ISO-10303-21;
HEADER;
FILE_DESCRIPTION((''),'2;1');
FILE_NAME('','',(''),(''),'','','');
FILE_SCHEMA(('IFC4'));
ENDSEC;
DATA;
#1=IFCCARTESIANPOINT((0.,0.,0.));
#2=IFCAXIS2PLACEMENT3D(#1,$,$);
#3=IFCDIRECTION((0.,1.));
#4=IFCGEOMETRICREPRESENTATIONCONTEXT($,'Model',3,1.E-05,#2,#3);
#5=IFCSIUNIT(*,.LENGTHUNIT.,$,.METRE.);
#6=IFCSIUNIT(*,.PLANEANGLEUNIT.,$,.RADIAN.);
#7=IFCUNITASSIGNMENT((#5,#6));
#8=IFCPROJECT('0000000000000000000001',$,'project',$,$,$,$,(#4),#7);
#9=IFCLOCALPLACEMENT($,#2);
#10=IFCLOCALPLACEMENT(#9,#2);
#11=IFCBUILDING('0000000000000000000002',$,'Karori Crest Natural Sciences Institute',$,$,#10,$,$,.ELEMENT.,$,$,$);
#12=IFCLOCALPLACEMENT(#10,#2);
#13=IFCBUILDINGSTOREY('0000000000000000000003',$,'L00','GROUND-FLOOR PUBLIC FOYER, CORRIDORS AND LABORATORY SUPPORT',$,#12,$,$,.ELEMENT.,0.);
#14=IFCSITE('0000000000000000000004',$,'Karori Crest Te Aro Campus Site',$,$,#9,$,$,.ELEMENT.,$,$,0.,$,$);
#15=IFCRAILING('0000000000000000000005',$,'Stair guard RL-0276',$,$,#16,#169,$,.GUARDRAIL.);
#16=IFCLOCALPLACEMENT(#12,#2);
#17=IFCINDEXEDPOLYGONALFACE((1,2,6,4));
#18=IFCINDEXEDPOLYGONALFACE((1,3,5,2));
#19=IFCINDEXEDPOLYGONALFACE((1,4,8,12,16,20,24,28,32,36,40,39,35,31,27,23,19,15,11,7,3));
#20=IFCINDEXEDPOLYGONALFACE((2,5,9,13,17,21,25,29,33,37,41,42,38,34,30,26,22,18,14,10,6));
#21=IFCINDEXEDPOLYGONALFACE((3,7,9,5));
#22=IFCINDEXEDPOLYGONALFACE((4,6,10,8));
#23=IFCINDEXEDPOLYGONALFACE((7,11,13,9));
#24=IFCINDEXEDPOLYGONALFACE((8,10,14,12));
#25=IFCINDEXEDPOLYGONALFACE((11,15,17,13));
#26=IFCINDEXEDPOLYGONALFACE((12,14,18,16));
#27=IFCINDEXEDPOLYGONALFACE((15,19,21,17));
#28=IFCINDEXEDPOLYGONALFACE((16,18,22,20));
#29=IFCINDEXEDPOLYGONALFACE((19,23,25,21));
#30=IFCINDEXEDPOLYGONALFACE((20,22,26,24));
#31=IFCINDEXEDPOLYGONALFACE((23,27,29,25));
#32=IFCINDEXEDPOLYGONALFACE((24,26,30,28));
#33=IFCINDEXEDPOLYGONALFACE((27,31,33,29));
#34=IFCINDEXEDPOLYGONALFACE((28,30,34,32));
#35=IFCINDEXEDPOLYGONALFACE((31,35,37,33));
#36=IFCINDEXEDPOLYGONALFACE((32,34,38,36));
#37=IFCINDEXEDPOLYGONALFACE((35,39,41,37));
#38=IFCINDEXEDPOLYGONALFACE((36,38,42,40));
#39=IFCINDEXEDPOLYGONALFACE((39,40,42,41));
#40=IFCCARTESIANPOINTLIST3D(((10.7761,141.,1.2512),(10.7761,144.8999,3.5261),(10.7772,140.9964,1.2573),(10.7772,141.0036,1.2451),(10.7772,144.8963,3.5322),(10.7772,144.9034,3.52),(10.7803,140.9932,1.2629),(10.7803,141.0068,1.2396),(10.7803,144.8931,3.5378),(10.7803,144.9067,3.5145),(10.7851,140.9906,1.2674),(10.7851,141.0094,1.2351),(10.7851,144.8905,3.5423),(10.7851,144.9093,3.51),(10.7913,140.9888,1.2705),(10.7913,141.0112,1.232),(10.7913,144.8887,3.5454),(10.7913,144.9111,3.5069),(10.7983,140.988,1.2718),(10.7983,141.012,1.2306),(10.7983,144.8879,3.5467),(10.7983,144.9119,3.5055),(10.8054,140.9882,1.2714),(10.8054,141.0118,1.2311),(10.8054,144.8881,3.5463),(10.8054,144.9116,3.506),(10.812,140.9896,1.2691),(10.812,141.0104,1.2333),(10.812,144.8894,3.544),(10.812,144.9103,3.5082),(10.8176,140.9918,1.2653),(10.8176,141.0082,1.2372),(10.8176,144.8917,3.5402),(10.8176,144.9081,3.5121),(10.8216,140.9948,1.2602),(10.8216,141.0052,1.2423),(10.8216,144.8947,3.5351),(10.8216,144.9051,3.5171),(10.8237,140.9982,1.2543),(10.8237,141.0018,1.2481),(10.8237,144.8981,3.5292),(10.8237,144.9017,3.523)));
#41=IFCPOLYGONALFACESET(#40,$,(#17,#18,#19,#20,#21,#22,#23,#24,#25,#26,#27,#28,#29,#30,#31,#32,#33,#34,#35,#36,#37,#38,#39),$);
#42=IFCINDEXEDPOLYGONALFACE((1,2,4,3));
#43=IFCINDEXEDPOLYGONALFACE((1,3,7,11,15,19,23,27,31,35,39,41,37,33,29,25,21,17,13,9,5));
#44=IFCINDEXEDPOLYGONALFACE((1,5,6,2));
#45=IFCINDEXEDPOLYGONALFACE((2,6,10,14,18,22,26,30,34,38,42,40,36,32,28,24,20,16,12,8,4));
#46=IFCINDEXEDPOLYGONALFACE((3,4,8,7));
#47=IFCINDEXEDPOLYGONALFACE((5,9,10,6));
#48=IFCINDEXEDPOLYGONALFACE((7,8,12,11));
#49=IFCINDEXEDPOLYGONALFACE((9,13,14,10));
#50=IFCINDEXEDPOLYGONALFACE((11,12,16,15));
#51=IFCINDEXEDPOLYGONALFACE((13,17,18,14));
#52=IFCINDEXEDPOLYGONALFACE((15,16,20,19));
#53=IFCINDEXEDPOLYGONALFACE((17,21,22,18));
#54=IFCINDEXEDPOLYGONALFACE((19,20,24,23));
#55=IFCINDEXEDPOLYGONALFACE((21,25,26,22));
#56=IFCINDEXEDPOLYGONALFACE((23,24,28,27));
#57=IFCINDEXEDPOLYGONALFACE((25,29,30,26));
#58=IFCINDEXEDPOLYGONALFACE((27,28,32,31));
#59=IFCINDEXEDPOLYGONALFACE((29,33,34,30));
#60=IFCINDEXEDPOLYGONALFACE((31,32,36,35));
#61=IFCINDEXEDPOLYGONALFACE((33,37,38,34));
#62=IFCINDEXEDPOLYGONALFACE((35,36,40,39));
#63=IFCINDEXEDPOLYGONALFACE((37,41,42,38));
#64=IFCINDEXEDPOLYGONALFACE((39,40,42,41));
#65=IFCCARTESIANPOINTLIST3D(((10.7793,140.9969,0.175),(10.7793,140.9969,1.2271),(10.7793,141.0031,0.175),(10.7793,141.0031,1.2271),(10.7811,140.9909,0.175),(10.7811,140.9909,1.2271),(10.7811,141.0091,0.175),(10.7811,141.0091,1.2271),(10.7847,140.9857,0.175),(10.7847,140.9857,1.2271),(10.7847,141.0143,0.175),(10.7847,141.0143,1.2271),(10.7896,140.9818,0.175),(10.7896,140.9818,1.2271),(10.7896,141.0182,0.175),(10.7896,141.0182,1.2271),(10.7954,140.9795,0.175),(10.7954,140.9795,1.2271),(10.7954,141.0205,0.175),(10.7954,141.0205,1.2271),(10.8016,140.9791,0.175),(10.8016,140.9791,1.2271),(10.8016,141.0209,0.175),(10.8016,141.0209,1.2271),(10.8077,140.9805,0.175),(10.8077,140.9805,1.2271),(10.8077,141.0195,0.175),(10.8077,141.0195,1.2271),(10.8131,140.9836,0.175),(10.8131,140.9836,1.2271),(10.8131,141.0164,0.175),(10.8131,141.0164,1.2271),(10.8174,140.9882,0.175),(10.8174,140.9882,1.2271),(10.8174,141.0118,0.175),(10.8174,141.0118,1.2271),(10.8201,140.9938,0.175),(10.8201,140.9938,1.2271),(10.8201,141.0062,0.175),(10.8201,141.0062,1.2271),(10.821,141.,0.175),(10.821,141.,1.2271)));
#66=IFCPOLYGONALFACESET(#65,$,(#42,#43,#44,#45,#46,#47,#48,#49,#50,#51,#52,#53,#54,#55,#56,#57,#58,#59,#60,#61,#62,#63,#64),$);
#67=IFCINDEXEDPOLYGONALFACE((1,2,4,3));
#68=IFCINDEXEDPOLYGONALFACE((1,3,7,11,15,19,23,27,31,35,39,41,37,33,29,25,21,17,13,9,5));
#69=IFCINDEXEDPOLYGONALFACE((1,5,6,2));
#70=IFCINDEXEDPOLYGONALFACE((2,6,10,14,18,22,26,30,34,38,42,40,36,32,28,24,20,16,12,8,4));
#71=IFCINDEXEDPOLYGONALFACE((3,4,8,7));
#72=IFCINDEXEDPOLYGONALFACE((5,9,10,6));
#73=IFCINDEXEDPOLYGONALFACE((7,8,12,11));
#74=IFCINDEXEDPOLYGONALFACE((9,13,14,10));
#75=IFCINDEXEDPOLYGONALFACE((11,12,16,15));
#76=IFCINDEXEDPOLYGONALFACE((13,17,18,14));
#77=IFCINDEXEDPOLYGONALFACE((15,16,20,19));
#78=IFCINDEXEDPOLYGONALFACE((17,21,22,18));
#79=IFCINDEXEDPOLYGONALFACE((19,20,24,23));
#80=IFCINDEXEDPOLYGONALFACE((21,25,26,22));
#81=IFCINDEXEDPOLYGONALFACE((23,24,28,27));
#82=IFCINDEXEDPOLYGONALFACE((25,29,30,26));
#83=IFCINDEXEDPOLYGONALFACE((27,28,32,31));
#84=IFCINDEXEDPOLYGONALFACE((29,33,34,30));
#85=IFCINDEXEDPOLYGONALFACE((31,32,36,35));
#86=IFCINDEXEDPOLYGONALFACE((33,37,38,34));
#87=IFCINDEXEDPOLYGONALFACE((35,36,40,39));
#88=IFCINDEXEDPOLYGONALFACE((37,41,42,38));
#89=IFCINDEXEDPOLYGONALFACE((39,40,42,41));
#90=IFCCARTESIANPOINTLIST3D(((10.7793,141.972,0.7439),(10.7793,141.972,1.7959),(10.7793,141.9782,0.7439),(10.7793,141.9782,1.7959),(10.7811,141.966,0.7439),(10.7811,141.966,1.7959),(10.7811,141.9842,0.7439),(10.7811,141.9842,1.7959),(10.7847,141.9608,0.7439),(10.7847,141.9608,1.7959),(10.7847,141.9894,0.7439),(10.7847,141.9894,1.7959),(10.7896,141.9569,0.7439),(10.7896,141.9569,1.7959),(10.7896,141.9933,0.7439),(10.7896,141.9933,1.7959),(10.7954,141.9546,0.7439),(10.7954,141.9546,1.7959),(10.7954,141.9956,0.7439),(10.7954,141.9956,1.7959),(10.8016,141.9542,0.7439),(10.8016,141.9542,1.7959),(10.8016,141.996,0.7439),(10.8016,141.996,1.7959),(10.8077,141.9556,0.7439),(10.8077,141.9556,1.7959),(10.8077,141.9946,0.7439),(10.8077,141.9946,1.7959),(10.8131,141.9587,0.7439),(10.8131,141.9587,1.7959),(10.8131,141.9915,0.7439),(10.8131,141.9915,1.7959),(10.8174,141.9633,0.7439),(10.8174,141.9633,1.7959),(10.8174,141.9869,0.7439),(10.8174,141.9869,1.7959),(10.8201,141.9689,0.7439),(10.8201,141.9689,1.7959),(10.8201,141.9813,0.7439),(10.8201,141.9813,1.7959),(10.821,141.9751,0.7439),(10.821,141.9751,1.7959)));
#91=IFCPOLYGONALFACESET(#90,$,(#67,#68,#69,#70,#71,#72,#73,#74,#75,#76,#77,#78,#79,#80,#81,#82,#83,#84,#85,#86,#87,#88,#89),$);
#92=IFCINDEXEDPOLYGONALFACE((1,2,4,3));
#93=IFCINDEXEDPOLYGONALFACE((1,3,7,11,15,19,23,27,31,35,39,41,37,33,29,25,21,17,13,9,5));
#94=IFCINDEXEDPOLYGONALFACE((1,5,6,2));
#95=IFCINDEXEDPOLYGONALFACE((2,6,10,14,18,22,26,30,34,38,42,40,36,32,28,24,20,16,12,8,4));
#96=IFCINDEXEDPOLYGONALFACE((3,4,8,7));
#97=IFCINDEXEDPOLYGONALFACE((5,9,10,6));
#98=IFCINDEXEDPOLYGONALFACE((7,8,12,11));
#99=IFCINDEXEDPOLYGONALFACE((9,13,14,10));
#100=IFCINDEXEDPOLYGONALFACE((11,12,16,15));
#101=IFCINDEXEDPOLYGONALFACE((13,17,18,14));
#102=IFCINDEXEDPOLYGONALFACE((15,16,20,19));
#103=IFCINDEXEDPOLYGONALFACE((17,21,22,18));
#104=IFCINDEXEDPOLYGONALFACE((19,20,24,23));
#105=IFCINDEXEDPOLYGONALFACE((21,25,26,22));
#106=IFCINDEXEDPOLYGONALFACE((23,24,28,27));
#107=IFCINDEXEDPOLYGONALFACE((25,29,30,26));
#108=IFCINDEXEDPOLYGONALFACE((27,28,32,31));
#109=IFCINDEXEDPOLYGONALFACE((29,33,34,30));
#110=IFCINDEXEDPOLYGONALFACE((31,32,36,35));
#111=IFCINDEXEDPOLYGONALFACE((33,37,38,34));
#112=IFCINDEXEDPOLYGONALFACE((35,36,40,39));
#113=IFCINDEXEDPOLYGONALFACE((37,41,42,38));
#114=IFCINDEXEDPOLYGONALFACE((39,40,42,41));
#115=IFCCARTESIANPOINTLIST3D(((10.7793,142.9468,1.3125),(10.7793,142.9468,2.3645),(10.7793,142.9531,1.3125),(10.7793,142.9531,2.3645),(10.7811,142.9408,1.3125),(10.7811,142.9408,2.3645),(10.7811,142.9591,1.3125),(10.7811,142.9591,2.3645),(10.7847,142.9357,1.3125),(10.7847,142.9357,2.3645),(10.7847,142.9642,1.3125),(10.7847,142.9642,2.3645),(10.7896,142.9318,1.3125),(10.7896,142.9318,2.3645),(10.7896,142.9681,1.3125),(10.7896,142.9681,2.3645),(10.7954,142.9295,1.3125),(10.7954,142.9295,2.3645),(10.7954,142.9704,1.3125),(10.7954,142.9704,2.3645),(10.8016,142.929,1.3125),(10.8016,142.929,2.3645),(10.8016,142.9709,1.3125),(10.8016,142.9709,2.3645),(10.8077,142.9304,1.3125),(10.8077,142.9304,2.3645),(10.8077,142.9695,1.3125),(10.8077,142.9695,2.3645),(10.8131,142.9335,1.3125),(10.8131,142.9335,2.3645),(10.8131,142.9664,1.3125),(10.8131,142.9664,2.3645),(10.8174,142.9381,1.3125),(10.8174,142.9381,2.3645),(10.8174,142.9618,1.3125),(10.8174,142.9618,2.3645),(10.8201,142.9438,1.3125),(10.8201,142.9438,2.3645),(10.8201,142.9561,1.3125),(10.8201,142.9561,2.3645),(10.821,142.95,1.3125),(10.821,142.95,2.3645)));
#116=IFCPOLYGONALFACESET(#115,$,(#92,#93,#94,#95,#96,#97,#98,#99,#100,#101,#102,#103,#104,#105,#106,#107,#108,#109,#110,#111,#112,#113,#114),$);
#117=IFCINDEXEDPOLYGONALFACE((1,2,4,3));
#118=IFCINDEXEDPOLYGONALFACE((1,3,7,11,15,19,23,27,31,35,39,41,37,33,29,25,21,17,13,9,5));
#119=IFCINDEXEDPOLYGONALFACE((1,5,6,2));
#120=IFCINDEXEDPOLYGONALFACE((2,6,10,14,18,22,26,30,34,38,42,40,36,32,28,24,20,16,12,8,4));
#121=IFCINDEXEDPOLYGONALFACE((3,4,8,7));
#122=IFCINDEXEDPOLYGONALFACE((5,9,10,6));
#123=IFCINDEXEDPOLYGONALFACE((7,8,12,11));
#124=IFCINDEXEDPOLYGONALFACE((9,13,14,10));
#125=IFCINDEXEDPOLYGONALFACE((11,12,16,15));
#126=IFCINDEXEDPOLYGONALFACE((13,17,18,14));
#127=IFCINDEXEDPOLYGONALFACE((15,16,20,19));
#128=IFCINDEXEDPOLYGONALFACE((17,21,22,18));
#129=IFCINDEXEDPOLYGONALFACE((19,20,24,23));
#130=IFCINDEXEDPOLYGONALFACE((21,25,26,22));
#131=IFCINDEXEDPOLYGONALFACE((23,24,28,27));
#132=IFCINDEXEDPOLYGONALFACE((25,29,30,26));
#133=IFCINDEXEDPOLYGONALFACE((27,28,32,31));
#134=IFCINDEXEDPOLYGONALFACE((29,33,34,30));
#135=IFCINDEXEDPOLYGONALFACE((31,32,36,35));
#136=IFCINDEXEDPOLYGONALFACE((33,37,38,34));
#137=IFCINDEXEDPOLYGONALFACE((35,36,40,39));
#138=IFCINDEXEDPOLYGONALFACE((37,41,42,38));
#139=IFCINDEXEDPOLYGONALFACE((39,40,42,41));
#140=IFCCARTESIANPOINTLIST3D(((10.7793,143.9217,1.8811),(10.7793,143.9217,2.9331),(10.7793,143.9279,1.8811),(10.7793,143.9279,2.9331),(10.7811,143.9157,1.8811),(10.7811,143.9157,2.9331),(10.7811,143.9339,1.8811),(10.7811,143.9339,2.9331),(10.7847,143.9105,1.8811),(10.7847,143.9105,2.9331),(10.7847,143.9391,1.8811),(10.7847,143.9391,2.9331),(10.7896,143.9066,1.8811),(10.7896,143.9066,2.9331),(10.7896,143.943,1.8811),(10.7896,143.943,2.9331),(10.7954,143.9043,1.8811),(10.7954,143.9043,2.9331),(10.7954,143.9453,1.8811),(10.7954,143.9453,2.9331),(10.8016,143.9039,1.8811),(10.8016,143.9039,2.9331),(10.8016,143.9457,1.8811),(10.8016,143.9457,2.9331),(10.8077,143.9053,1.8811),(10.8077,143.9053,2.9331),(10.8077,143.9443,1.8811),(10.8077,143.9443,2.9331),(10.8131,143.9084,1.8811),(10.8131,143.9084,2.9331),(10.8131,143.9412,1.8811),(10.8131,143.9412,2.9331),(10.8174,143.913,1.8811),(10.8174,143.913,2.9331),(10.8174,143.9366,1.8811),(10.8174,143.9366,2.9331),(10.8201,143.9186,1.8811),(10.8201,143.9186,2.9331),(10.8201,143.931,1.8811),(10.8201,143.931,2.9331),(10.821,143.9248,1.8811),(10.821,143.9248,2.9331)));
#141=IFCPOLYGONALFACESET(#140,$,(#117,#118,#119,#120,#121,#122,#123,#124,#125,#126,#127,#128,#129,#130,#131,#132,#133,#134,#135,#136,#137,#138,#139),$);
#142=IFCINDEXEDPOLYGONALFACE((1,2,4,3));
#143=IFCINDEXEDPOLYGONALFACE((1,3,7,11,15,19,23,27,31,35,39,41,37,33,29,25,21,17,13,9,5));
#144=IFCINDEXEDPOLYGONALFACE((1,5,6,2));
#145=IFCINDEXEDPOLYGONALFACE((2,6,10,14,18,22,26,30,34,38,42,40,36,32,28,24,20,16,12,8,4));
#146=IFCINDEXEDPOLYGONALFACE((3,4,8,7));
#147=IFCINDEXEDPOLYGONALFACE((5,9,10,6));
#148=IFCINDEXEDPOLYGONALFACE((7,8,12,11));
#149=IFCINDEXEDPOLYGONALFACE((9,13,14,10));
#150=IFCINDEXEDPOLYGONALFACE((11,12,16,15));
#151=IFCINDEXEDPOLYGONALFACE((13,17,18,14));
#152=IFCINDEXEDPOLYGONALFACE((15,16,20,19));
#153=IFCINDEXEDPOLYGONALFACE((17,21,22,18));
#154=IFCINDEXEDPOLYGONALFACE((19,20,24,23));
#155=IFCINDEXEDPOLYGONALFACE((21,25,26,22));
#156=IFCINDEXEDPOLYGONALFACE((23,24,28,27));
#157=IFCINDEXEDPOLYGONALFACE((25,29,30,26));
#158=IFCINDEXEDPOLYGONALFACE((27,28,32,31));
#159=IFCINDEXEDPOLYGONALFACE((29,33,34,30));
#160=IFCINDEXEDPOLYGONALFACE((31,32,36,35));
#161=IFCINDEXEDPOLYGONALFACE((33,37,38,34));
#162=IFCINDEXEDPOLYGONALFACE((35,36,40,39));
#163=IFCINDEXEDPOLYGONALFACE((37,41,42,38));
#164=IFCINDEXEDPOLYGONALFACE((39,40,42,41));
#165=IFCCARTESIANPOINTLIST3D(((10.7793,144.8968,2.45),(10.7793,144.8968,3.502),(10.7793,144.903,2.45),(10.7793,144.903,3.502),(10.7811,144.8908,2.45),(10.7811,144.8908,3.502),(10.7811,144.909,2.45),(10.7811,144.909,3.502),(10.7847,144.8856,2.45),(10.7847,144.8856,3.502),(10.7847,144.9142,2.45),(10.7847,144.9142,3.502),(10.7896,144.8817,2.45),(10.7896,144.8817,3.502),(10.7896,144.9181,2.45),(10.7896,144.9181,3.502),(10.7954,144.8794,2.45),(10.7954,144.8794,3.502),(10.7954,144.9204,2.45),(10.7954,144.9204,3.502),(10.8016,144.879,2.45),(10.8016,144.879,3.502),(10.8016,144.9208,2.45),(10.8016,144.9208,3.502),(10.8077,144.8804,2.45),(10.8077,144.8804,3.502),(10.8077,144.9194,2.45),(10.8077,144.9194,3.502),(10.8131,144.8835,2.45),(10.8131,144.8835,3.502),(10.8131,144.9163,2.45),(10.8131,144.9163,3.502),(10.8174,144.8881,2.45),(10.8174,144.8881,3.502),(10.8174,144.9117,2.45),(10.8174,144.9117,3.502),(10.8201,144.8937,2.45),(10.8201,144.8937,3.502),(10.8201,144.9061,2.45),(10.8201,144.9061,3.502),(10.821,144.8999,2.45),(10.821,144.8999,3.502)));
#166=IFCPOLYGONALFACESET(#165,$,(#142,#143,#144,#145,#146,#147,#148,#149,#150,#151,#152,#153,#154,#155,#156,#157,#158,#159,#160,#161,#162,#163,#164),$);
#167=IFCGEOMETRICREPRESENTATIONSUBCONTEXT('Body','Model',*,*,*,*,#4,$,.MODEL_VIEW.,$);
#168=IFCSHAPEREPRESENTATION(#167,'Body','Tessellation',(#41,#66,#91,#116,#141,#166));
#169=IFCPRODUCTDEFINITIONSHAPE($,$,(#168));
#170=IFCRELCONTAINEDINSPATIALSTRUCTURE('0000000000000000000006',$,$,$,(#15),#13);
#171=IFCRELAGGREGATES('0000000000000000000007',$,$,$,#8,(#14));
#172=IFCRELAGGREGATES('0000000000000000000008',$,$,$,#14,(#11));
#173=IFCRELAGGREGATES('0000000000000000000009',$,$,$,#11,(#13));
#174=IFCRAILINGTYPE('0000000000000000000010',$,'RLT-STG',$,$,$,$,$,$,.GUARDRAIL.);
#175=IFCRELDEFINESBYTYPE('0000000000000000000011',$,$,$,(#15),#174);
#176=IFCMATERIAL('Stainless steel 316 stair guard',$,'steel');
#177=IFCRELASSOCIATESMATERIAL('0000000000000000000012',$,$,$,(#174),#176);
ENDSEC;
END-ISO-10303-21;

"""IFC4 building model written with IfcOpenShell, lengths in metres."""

from ifc_helpers import new_model, si_unit, direction, frame, origin, origin_2d, place, context, subcontext, project, spatial, circle, extrude, material, type_object, element, save


model = new_model("IFC4")

# Units and contexts
model_context = context("Model", 3, precision=1e-05, world=origin(), true_north=direction((0.0, 1.0)))
body_context = subcontext(model_context, "Body", "Model", "MODEL_VIEW")
ifc_project = project(units=[si_unit("LENGTHUNIT", "METRE"), si_unit("PLANEANGLEUNIT", "RADIAN")], contexts=[model_context])

# Site, building, storey
site_placement = place(None, origin())
site = spatial("IfcSite", under=ifc_project, at=site_placement, Name="Karori Crest Te Aro Campus Site", CompositionType="ELEMENT", RefElevation=0.0)
building_placement = place(site_placement, origin())
building = spatial("IfcBuilding", under=site, at=building_placement, Name="Karori Crest Natural Sciences Institute", CompositionType="ELEMENT")
storey_placement = place(building_placement, origin())
storey = spatial("IfcBuildingStorey", under=building, at=storey_placement, Name="L00", Description="GROUND-FLOOR PUBLIC FOYER, CORRIDORS AND LABORATORY SUPPORT", CompositionType="ELEMENT", Elevation=0.0)

# Railing
ifc_material_1 = material(Name="Stainless steel 316 stair guard", Category="steel")
railing_type_1 = type_object("IfcRailingType", Name="RLT-STG", PredefinedType="GUARDRAIL", material=ifc_material_1)
railing_1_placement = place(storey_placement, frame((10.8, 141.0, 0.175)))
element("IfcRailing", 1, at=railing_1_placement, inside=storey, type_object=railing_type_1, Name="Stair guard RL-0276", PredefinedType="GUARDRAIL", context=body_context, shape_type="SweptSolid", body=[
    extrude(circle(Radius=0.0239, at=origin_2d()), frame((0.0, 0.0, 1.0762), z_axis=(0.0, 0.863783, 0.503864), x_axis=(-1.0, 0.0, 0.0)), (0.0, 0.0, 1.0), 4.5149),
    extrude(circle(Radius=0.021, at=origin_2d()), origin(), (0.0, 0.0, 1.0), 1.052),
    extrude(circle(Radius=0.021, at=origin_2d()), frame((0.0, 0.9751, 0.5688)), (0.0, 0.0, 1.0), 1.052),
    extrude(circle(Radius=0.021, at=origin_2d()), frame((0.0, 1.95, 1.1375)), (0.0, 0.0, 1.0), 1.052),
    extrude(circle(Radius=0.021, at=origin_2d()), frame((0.0, 2.9248, 1.7061)), (0.0, 0.0, 1.0), 1.052),
    extrude(circle(Radius=0.021, at=origin_2d()), frame((0.0, 3.8999, 2.2749)), (0.0, 0.0, 1.0), 1.052),
])

save(model, "model.ifc")
